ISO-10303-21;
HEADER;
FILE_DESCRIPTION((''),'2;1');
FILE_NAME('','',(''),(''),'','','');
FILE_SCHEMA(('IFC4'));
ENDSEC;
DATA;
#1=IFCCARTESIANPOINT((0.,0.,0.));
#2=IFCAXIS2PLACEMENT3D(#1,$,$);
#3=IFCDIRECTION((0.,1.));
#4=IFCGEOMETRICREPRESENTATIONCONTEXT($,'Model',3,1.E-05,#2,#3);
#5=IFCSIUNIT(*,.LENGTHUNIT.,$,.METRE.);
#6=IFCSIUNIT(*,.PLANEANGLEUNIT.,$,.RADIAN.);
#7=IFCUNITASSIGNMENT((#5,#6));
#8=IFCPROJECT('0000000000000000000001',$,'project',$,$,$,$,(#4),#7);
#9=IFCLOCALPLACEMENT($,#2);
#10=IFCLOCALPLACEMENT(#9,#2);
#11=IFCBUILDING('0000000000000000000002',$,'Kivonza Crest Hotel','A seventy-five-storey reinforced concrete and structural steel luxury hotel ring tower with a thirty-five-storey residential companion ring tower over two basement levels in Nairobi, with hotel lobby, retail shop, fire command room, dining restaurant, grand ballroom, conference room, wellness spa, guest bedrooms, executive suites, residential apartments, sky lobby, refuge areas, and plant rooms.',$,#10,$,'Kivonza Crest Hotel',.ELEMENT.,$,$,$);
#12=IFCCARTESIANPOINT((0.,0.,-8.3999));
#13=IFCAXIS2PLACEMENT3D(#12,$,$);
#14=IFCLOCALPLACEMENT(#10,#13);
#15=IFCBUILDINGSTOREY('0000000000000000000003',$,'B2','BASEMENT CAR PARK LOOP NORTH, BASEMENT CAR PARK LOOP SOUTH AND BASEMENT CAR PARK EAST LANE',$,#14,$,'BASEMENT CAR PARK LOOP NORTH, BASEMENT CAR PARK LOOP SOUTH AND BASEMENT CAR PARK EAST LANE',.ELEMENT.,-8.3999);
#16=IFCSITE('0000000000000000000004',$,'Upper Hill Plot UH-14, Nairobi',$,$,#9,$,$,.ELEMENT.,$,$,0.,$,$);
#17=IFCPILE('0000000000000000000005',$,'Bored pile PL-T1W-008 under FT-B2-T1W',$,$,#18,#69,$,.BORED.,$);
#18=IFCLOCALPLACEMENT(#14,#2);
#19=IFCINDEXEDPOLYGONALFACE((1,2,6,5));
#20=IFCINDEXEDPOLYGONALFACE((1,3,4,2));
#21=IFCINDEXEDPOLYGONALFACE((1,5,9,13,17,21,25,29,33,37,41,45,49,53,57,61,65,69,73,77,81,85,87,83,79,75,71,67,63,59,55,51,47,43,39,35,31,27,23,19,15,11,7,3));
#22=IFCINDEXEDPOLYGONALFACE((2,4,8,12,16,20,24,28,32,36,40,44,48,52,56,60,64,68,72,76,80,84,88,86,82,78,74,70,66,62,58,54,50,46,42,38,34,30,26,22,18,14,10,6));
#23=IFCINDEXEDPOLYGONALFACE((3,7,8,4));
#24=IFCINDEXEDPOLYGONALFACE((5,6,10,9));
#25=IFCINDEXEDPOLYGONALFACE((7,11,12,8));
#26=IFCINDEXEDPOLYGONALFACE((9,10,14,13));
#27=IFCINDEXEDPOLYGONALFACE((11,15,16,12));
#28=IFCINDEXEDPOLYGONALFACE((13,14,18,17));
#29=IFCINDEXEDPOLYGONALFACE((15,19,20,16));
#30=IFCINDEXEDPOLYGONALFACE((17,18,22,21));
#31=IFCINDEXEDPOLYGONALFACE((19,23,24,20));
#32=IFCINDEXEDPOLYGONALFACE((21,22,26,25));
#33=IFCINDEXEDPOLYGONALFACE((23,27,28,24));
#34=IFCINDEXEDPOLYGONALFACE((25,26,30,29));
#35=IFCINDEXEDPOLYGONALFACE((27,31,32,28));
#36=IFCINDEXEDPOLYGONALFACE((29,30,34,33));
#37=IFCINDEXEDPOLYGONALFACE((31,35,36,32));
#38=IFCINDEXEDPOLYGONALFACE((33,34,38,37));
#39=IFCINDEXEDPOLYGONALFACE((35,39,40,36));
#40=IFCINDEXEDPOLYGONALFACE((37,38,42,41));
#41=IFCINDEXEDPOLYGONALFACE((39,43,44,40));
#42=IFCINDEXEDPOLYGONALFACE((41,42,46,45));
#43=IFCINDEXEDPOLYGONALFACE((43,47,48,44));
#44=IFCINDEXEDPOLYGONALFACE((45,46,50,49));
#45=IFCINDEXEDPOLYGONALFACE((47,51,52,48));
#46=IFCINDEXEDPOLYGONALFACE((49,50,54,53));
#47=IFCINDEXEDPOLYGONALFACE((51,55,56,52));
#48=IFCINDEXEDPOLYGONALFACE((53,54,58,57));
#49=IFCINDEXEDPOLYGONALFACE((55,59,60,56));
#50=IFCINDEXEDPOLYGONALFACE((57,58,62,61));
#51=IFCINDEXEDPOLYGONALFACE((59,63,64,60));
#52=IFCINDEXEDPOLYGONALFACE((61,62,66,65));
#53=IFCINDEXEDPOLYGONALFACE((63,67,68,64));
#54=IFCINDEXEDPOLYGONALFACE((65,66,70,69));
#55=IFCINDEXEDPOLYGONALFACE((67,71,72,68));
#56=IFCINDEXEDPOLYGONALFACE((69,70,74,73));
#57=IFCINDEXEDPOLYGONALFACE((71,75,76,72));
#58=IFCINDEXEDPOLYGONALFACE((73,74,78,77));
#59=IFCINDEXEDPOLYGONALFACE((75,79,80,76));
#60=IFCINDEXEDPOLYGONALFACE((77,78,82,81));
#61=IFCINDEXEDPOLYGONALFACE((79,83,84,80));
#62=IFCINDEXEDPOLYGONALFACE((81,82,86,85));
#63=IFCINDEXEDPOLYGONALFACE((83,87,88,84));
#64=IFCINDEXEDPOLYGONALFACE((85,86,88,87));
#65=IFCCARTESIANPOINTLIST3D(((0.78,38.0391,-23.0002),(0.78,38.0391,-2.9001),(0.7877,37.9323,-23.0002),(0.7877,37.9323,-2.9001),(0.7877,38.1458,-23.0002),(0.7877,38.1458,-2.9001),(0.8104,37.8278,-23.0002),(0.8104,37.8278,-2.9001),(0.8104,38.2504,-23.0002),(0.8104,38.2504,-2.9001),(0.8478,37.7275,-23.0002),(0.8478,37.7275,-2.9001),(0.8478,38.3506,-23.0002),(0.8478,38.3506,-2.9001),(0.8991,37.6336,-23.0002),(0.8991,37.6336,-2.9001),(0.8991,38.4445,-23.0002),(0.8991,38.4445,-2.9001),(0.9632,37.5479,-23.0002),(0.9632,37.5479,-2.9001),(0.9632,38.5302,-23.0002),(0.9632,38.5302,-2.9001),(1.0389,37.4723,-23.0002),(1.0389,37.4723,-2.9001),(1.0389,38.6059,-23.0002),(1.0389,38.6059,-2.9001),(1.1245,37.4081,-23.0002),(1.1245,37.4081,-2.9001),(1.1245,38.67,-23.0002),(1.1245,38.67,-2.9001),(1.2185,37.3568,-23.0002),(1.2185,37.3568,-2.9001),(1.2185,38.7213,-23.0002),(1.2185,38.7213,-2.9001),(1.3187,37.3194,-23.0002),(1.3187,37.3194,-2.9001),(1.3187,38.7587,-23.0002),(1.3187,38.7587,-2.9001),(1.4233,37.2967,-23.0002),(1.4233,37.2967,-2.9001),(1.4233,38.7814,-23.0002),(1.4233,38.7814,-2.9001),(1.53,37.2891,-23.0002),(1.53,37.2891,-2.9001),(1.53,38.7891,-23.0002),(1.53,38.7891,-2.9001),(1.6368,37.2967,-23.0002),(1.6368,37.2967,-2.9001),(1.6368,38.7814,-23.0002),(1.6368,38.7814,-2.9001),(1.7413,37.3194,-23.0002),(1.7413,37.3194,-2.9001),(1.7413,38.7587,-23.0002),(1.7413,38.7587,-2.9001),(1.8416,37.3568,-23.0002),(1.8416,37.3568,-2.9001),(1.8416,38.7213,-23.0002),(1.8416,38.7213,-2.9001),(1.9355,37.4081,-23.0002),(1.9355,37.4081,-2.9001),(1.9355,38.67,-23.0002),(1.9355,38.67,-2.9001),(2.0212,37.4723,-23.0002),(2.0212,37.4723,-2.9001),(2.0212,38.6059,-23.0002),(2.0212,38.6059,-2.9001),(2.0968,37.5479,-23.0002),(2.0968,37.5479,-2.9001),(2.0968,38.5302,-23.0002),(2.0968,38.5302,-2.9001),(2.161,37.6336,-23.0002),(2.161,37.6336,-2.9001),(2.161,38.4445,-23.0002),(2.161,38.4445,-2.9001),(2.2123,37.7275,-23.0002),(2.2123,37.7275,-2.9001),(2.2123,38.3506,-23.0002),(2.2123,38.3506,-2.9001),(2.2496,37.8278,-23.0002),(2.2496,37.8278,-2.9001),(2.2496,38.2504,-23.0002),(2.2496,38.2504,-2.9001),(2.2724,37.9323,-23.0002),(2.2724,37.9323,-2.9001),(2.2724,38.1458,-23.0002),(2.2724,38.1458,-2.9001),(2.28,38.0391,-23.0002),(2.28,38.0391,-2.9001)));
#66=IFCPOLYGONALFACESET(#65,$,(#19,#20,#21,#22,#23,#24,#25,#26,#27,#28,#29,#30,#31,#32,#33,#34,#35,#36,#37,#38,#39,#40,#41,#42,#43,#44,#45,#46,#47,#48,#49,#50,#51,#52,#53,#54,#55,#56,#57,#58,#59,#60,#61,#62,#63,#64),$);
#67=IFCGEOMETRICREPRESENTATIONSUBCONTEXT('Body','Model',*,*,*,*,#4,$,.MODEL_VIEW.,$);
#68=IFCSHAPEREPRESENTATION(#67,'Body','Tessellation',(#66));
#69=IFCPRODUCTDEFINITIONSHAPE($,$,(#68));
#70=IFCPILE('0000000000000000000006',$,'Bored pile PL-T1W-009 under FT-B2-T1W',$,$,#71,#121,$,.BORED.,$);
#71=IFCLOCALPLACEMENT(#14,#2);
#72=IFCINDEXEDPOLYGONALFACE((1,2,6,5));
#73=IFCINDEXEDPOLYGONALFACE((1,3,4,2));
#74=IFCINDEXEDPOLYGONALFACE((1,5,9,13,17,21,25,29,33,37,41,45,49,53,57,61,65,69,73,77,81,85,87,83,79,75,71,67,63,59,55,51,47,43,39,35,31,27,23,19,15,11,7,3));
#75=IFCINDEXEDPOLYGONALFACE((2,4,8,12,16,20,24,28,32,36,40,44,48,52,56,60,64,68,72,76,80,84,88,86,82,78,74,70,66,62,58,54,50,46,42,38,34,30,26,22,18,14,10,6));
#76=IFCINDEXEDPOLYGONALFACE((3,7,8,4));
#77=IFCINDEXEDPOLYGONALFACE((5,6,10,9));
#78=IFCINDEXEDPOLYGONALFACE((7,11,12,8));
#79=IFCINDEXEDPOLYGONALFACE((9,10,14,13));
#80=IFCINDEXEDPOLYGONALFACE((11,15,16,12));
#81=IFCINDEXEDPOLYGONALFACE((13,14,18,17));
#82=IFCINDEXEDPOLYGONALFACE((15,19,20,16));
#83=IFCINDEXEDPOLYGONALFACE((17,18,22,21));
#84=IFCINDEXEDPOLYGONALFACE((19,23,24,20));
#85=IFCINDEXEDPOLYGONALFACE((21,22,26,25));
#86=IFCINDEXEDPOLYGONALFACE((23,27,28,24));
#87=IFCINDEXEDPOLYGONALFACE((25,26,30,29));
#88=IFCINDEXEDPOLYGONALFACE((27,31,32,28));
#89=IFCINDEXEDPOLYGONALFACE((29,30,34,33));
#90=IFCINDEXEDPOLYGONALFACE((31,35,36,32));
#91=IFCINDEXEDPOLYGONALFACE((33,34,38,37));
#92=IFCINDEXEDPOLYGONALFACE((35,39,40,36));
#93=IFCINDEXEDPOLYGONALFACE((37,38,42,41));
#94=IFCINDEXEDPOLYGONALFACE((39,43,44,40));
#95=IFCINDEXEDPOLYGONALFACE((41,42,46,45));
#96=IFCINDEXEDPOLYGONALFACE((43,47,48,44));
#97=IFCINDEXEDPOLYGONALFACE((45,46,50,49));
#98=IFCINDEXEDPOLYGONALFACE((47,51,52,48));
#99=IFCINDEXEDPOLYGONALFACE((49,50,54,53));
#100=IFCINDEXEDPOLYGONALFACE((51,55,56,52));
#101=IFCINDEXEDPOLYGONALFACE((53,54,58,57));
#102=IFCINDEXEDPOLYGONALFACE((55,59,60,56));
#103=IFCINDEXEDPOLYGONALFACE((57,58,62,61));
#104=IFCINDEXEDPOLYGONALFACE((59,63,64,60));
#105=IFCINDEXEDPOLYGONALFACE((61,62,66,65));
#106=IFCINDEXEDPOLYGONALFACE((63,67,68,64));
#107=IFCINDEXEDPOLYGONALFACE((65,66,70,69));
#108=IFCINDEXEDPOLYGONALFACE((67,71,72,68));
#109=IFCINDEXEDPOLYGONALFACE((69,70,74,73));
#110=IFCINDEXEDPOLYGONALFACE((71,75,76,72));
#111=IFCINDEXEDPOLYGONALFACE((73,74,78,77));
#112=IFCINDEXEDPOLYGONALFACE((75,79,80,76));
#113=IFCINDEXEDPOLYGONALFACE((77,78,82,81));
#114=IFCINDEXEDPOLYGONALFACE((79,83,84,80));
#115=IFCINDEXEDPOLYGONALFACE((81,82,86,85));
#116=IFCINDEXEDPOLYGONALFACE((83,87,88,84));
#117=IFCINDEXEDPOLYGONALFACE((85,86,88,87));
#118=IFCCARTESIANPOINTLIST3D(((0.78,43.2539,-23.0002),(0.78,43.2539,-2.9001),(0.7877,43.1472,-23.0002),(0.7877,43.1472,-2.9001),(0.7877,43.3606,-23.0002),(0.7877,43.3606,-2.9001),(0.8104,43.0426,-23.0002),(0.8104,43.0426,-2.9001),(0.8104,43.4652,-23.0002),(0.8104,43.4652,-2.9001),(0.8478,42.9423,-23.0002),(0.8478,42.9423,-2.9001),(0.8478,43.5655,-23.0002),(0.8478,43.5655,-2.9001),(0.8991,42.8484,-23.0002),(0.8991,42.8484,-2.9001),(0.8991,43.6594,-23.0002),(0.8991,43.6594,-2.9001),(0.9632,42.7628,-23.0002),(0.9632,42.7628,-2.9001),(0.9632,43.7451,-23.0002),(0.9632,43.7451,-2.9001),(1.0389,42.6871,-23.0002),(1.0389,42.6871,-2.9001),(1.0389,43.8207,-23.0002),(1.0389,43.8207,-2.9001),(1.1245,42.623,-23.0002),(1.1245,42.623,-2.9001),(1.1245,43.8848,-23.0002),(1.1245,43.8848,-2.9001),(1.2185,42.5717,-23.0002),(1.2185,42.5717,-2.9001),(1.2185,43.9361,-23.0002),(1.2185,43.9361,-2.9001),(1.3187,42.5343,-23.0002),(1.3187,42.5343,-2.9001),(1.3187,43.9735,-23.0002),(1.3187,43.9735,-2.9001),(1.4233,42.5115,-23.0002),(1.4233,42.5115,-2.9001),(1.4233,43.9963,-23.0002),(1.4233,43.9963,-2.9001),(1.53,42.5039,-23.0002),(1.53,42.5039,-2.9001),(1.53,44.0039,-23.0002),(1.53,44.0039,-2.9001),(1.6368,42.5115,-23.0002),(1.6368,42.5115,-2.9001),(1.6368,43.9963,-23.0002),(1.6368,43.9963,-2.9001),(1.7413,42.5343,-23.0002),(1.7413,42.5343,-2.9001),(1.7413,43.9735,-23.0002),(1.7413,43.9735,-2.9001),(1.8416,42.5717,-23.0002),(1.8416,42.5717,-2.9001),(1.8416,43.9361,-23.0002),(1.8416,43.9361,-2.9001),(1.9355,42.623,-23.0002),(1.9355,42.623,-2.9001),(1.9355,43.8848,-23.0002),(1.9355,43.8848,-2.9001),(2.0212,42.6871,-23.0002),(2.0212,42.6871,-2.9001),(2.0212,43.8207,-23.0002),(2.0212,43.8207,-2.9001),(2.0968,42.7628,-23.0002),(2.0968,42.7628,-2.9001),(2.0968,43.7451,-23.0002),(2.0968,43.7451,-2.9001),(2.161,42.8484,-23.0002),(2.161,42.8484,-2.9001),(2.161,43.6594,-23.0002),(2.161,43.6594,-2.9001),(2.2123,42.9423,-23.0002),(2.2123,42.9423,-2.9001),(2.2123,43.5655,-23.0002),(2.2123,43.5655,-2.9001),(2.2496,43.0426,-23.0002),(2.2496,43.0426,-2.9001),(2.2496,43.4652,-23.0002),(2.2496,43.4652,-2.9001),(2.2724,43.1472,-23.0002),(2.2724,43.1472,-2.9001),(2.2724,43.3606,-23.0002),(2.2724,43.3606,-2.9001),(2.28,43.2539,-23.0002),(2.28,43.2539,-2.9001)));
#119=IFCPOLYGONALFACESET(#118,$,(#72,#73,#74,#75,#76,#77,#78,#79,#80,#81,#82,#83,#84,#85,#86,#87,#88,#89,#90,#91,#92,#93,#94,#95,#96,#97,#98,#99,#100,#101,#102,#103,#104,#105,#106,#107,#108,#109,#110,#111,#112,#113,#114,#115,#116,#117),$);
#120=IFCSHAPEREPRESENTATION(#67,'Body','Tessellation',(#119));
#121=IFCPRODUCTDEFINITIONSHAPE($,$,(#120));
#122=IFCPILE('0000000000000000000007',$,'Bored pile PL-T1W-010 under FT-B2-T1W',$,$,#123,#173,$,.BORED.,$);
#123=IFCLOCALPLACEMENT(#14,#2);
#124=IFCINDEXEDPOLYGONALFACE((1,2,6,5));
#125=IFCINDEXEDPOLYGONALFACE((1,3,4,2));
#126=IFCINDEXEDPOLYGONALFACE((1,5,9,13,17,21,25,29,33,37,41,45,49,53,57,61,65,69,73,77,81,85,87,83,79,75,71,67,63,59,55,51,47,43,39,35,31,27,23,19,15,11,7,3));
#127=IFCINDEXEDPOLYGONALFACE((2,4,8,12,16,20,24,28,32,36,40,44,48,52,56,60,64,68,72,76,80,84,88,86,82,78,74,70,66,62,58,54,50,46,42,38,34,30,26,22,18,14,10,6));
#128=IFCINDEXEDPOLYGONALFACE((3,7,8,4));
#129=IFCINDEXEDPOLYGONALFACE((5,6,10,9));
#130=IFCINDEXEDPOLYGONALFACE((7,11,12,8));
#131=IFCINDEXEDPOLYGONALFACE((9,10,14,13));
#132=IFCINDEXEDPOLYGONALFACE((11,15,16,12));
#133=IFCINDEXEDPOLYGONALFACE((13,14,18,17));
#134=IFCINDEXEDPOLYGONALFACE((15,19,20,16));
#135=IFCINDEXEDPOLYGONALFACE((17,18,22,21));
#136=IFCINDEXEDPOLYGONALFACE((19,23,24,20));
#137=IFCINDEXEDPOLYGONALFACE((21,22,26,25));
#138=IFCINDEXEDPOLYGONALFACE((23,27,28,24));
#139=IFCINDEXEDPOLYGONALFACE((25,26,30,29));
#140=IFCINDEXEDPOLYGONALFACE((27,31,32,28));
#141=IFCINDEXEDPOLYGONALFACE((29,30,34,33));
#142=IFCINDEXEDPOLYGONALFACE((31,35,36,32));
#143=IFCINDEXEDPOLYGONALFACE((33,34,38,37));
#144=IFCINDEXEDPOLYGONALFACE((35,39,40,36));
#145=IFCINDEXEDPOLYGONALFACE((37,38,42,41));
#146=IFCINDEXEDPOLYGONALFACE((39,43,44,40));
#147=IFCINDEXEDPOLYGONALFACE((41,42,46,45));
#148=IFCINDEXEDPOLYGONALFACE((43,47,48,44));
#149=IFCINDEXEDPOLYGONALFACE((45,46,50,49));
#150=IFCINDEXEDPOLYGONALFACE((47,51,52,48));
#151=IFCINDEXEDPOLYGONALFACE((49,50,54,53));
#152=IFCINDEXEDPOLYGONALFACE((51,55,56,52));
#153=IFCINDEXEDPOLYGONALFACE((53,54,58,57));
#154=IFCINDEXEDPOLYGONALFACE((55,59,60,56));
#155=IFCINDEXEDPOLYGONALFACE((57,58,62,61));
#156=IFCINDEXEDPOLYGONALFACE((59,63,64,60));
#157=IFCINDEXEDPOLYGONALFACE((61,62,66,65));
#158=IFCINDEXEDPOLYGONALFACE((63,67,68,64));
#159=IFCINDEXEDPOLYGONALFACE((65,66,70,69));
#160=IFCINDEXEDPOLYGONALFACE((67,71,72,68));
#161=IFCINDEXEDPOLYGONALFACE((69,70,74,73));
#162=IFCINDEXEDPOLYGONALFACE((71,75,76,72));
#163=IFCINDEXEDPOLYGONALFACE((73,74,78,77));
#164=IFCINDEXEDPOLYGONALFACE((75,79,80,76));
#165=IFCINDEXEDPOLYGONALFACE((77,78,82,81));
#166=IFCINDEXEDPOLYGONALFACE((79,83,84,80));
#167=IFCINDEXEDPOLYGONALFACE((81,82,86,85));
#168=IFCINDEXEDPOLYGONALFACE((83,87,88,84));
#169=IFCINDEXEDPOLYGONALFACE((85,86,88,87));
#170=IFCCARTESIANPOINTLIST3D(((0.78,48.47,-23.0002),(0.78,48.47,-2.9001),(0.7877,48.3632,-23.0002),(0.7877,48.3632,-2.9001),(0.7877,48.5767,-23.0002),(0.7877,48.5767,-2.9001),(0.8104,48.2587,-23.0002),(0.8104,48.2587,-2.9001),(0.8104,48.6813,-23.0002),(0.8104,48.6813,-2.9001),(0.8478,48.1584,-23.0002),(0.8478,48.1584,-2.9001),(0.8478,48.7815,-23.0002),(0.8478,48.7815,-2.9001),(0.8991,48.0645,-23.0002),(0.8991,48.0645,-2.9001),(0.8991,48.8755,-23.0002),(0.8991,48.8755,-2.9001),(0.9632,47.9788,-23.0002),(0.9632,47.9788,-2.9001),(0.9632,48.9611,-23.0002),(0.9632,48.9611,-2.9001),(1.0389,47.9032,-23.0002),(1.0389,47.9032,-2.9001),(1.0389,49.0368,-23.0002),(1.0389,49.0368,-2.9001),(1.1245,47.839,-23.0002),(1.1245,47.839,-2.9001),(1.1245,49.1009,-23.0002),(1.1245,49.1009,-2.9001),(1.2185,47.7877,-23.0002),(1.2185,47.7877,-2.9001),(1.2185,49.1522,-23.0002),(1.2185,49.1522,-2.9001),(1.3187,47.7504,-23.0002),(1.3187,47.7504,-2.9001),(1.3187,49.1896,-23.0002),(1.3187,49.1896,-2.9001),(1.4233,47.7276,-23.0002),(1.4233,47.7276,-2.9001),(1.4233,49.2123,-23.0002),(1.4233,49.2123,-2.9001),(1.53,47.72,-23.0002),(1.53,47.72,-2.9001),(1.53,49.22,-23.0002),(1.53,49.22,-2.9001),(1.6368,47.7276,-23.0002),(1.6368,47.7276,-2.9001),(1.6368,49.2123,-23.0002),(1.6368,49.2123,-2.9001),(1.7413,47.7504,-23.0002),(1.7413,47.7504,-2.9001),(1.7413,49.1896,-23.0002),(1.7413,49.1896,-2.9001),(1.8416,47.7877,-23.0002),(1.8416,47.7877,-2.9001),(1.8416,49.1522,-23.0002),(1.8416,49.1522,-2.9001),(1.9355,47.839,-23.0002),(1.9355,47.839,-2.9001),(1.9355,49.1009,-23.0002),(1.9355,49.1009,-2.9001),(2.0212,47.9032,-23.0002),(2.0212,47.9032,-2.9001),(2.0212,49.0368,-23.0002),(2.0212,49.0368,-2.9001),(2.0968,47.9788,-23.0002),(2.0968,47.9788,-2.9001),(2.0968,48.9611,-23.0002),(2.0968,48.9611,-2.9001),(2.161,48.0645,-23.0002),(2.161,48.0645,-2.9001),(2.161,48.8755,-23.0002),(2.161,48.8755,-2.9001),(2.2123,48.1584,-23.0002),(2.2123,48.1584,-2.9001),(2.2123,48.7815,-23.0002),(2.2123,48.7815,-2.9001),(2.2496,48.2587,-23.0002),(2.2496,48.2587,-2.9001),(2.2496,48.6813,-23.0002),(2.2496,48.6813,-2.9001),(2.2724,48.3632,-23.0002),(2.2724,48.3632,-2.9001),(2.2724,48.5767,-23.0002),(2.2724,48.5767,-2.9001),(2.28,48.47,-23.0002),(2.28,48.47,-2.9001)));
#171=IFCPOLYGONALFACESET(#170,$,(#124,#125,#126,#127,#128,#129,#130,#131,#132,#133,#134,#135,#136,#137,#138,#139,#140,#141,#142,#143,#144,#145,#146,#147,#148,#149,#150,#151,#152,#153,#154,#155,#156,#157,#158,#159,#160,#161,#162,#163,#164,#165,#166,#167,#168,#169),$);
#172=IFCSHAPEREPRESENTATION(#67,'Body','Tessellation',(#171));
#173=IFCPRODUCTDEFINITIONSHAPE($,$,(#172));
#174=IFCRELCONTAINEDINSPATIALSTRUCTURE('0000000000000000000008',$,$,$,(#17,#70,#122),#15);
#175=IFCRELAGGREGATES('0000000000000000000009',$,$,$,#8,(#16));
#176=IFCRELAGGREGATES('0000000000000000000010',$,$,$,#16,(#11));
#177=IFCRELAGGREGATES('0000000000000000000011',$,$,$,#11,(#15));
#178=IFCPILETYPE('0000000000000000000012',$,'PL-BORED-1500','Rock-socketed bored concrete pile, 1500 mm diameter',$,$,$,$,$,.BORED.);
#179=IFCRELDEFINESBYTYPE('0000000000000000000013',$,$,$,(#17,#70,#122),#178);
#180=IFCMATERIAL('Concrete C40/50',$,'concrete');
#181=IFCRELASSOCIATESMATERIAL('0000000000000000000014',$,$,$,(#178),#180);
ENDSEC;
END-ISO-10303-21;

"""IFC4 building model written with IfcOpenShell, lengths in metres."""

from ifc_helpers import new_model, si_unit, direction, frame, origin, origin_2d, place, context, subcontext, project, spatial, circle, extrude, material, material_profile, profile_set, type_object, element, save


model = new_model("IFC4")

# Units and contexts
model_context = context("Model", 3, precision=1e-05, world=origin(), true_north=direction((0.0, 1.0)))
body_context = subcontext(model_context, "Body", "Model", "MODEL_VIEW")
ifc_project = project(units=[si_unit("LENGTHUNIT", "METRE"), si_unit("PLANEANGLEUNIT", "RADIAN")], contexts=[model_context])

# Site, building, storey
site_placement = place(None, origin())
site = spatial("IfcSite", under=ifc_project, at=site_placement, Name="Upper Hill Plot UH-14, Nairobi", CompositionType="ELEMENT", RefElevation=0.0)
building_placement = place(site_placement, origin())
building = spatial("IfcBuilding", under=site, at=building_placement, Name="Kivonza Crest Hotel", Description="A seventy-five-storey reinforced concrete and structural steel luxury hotel ring tower with a thirty-five-storey residential companion ring tower over two basement levels in Nairobi, with hotel lobby, retail shop, fire command room, dining restaurant, grand ballroom, conference room, wellness spa, guest bedrooms, executive suites, residential apartments, sky lobby, refuge areas, and plant rooms.", LongName="Kivonza Crest Hotel", CompositionType="ELEMENT")
storey_placement = place(building_placement, frame((0.0, 0.0, -8.3999)))
storey = spatial("IfcBuildingStorey", under=building, at=storey_placement, Name="B2", Description="BASEMENT CAR PARK LOOP NORTH, BASEMENT CAR PARK LOOP SOUTH AND BASEMENT CAR PARK EAST LANE", LongName="BASEMENT CAR PARK LOOP NORTH, BASEMENT CAR PARK LOOP SOUTH AND BASEMENT CAR PARK EAST LANE", CompositionType="ELEMENT", Elevation=-8.3999)

# Piles
ifc_material_1 = material(Name="Concrete C40/50", Category="concrete")
ifc_material_profile_1 = material_profile(ifc_material_1, circle(Radius=0.75, at=origin_2d()), Name="PILE D1500")
ifc_profile_set_1 = profile_set([ifc_material_profile_1], Name="Concrete C40/50")
pile_type = type_object("IfcPileType", Name="PL-BORED-1500", Description="Rock-socketed bored concrete pile, 1500 mm diameter", PredefinedType="BORED", material=ifc_profile_set_1)
for number, where, z_axis, x_axis, name in (
    (1, (1.53, 38.0391, -2.9001), (0.0, 0.0, -1.0), (1.0, 0.0, 0.0), "Bored pile PL-T1W-008 under FT-B2-T1W"),
    (2, (1.53, 43.2539, -2.9001), (0.0, 0.0, -1.0), (1.0, 0.0, 0.0), "Bored pile PL-T1W-009 under FT-B2-T1W"),
    (3, (1.53, 48.47, -2.9001), (0.0, 0.0, -1.0), (1.0, 0.0, 0.0), "Bored pile PL-T1W-010 under FT-B2-T1W"),
):
    element("IfcPile", number, at=place(storey_placement, frame(where, z_axis=z_axis, x_axis=x_axis)), inside=storey, type_object=pile_type, Name=name, PredefinedType="BORED", context=body_context, shape_type="SweptSolid", body=[
        extrude(circle(Radius=0.75, at=origin_2d()), origin(), (0.0, 0.0, 1.0), 20.1001),
    ])

save(model, "model.ifc")
